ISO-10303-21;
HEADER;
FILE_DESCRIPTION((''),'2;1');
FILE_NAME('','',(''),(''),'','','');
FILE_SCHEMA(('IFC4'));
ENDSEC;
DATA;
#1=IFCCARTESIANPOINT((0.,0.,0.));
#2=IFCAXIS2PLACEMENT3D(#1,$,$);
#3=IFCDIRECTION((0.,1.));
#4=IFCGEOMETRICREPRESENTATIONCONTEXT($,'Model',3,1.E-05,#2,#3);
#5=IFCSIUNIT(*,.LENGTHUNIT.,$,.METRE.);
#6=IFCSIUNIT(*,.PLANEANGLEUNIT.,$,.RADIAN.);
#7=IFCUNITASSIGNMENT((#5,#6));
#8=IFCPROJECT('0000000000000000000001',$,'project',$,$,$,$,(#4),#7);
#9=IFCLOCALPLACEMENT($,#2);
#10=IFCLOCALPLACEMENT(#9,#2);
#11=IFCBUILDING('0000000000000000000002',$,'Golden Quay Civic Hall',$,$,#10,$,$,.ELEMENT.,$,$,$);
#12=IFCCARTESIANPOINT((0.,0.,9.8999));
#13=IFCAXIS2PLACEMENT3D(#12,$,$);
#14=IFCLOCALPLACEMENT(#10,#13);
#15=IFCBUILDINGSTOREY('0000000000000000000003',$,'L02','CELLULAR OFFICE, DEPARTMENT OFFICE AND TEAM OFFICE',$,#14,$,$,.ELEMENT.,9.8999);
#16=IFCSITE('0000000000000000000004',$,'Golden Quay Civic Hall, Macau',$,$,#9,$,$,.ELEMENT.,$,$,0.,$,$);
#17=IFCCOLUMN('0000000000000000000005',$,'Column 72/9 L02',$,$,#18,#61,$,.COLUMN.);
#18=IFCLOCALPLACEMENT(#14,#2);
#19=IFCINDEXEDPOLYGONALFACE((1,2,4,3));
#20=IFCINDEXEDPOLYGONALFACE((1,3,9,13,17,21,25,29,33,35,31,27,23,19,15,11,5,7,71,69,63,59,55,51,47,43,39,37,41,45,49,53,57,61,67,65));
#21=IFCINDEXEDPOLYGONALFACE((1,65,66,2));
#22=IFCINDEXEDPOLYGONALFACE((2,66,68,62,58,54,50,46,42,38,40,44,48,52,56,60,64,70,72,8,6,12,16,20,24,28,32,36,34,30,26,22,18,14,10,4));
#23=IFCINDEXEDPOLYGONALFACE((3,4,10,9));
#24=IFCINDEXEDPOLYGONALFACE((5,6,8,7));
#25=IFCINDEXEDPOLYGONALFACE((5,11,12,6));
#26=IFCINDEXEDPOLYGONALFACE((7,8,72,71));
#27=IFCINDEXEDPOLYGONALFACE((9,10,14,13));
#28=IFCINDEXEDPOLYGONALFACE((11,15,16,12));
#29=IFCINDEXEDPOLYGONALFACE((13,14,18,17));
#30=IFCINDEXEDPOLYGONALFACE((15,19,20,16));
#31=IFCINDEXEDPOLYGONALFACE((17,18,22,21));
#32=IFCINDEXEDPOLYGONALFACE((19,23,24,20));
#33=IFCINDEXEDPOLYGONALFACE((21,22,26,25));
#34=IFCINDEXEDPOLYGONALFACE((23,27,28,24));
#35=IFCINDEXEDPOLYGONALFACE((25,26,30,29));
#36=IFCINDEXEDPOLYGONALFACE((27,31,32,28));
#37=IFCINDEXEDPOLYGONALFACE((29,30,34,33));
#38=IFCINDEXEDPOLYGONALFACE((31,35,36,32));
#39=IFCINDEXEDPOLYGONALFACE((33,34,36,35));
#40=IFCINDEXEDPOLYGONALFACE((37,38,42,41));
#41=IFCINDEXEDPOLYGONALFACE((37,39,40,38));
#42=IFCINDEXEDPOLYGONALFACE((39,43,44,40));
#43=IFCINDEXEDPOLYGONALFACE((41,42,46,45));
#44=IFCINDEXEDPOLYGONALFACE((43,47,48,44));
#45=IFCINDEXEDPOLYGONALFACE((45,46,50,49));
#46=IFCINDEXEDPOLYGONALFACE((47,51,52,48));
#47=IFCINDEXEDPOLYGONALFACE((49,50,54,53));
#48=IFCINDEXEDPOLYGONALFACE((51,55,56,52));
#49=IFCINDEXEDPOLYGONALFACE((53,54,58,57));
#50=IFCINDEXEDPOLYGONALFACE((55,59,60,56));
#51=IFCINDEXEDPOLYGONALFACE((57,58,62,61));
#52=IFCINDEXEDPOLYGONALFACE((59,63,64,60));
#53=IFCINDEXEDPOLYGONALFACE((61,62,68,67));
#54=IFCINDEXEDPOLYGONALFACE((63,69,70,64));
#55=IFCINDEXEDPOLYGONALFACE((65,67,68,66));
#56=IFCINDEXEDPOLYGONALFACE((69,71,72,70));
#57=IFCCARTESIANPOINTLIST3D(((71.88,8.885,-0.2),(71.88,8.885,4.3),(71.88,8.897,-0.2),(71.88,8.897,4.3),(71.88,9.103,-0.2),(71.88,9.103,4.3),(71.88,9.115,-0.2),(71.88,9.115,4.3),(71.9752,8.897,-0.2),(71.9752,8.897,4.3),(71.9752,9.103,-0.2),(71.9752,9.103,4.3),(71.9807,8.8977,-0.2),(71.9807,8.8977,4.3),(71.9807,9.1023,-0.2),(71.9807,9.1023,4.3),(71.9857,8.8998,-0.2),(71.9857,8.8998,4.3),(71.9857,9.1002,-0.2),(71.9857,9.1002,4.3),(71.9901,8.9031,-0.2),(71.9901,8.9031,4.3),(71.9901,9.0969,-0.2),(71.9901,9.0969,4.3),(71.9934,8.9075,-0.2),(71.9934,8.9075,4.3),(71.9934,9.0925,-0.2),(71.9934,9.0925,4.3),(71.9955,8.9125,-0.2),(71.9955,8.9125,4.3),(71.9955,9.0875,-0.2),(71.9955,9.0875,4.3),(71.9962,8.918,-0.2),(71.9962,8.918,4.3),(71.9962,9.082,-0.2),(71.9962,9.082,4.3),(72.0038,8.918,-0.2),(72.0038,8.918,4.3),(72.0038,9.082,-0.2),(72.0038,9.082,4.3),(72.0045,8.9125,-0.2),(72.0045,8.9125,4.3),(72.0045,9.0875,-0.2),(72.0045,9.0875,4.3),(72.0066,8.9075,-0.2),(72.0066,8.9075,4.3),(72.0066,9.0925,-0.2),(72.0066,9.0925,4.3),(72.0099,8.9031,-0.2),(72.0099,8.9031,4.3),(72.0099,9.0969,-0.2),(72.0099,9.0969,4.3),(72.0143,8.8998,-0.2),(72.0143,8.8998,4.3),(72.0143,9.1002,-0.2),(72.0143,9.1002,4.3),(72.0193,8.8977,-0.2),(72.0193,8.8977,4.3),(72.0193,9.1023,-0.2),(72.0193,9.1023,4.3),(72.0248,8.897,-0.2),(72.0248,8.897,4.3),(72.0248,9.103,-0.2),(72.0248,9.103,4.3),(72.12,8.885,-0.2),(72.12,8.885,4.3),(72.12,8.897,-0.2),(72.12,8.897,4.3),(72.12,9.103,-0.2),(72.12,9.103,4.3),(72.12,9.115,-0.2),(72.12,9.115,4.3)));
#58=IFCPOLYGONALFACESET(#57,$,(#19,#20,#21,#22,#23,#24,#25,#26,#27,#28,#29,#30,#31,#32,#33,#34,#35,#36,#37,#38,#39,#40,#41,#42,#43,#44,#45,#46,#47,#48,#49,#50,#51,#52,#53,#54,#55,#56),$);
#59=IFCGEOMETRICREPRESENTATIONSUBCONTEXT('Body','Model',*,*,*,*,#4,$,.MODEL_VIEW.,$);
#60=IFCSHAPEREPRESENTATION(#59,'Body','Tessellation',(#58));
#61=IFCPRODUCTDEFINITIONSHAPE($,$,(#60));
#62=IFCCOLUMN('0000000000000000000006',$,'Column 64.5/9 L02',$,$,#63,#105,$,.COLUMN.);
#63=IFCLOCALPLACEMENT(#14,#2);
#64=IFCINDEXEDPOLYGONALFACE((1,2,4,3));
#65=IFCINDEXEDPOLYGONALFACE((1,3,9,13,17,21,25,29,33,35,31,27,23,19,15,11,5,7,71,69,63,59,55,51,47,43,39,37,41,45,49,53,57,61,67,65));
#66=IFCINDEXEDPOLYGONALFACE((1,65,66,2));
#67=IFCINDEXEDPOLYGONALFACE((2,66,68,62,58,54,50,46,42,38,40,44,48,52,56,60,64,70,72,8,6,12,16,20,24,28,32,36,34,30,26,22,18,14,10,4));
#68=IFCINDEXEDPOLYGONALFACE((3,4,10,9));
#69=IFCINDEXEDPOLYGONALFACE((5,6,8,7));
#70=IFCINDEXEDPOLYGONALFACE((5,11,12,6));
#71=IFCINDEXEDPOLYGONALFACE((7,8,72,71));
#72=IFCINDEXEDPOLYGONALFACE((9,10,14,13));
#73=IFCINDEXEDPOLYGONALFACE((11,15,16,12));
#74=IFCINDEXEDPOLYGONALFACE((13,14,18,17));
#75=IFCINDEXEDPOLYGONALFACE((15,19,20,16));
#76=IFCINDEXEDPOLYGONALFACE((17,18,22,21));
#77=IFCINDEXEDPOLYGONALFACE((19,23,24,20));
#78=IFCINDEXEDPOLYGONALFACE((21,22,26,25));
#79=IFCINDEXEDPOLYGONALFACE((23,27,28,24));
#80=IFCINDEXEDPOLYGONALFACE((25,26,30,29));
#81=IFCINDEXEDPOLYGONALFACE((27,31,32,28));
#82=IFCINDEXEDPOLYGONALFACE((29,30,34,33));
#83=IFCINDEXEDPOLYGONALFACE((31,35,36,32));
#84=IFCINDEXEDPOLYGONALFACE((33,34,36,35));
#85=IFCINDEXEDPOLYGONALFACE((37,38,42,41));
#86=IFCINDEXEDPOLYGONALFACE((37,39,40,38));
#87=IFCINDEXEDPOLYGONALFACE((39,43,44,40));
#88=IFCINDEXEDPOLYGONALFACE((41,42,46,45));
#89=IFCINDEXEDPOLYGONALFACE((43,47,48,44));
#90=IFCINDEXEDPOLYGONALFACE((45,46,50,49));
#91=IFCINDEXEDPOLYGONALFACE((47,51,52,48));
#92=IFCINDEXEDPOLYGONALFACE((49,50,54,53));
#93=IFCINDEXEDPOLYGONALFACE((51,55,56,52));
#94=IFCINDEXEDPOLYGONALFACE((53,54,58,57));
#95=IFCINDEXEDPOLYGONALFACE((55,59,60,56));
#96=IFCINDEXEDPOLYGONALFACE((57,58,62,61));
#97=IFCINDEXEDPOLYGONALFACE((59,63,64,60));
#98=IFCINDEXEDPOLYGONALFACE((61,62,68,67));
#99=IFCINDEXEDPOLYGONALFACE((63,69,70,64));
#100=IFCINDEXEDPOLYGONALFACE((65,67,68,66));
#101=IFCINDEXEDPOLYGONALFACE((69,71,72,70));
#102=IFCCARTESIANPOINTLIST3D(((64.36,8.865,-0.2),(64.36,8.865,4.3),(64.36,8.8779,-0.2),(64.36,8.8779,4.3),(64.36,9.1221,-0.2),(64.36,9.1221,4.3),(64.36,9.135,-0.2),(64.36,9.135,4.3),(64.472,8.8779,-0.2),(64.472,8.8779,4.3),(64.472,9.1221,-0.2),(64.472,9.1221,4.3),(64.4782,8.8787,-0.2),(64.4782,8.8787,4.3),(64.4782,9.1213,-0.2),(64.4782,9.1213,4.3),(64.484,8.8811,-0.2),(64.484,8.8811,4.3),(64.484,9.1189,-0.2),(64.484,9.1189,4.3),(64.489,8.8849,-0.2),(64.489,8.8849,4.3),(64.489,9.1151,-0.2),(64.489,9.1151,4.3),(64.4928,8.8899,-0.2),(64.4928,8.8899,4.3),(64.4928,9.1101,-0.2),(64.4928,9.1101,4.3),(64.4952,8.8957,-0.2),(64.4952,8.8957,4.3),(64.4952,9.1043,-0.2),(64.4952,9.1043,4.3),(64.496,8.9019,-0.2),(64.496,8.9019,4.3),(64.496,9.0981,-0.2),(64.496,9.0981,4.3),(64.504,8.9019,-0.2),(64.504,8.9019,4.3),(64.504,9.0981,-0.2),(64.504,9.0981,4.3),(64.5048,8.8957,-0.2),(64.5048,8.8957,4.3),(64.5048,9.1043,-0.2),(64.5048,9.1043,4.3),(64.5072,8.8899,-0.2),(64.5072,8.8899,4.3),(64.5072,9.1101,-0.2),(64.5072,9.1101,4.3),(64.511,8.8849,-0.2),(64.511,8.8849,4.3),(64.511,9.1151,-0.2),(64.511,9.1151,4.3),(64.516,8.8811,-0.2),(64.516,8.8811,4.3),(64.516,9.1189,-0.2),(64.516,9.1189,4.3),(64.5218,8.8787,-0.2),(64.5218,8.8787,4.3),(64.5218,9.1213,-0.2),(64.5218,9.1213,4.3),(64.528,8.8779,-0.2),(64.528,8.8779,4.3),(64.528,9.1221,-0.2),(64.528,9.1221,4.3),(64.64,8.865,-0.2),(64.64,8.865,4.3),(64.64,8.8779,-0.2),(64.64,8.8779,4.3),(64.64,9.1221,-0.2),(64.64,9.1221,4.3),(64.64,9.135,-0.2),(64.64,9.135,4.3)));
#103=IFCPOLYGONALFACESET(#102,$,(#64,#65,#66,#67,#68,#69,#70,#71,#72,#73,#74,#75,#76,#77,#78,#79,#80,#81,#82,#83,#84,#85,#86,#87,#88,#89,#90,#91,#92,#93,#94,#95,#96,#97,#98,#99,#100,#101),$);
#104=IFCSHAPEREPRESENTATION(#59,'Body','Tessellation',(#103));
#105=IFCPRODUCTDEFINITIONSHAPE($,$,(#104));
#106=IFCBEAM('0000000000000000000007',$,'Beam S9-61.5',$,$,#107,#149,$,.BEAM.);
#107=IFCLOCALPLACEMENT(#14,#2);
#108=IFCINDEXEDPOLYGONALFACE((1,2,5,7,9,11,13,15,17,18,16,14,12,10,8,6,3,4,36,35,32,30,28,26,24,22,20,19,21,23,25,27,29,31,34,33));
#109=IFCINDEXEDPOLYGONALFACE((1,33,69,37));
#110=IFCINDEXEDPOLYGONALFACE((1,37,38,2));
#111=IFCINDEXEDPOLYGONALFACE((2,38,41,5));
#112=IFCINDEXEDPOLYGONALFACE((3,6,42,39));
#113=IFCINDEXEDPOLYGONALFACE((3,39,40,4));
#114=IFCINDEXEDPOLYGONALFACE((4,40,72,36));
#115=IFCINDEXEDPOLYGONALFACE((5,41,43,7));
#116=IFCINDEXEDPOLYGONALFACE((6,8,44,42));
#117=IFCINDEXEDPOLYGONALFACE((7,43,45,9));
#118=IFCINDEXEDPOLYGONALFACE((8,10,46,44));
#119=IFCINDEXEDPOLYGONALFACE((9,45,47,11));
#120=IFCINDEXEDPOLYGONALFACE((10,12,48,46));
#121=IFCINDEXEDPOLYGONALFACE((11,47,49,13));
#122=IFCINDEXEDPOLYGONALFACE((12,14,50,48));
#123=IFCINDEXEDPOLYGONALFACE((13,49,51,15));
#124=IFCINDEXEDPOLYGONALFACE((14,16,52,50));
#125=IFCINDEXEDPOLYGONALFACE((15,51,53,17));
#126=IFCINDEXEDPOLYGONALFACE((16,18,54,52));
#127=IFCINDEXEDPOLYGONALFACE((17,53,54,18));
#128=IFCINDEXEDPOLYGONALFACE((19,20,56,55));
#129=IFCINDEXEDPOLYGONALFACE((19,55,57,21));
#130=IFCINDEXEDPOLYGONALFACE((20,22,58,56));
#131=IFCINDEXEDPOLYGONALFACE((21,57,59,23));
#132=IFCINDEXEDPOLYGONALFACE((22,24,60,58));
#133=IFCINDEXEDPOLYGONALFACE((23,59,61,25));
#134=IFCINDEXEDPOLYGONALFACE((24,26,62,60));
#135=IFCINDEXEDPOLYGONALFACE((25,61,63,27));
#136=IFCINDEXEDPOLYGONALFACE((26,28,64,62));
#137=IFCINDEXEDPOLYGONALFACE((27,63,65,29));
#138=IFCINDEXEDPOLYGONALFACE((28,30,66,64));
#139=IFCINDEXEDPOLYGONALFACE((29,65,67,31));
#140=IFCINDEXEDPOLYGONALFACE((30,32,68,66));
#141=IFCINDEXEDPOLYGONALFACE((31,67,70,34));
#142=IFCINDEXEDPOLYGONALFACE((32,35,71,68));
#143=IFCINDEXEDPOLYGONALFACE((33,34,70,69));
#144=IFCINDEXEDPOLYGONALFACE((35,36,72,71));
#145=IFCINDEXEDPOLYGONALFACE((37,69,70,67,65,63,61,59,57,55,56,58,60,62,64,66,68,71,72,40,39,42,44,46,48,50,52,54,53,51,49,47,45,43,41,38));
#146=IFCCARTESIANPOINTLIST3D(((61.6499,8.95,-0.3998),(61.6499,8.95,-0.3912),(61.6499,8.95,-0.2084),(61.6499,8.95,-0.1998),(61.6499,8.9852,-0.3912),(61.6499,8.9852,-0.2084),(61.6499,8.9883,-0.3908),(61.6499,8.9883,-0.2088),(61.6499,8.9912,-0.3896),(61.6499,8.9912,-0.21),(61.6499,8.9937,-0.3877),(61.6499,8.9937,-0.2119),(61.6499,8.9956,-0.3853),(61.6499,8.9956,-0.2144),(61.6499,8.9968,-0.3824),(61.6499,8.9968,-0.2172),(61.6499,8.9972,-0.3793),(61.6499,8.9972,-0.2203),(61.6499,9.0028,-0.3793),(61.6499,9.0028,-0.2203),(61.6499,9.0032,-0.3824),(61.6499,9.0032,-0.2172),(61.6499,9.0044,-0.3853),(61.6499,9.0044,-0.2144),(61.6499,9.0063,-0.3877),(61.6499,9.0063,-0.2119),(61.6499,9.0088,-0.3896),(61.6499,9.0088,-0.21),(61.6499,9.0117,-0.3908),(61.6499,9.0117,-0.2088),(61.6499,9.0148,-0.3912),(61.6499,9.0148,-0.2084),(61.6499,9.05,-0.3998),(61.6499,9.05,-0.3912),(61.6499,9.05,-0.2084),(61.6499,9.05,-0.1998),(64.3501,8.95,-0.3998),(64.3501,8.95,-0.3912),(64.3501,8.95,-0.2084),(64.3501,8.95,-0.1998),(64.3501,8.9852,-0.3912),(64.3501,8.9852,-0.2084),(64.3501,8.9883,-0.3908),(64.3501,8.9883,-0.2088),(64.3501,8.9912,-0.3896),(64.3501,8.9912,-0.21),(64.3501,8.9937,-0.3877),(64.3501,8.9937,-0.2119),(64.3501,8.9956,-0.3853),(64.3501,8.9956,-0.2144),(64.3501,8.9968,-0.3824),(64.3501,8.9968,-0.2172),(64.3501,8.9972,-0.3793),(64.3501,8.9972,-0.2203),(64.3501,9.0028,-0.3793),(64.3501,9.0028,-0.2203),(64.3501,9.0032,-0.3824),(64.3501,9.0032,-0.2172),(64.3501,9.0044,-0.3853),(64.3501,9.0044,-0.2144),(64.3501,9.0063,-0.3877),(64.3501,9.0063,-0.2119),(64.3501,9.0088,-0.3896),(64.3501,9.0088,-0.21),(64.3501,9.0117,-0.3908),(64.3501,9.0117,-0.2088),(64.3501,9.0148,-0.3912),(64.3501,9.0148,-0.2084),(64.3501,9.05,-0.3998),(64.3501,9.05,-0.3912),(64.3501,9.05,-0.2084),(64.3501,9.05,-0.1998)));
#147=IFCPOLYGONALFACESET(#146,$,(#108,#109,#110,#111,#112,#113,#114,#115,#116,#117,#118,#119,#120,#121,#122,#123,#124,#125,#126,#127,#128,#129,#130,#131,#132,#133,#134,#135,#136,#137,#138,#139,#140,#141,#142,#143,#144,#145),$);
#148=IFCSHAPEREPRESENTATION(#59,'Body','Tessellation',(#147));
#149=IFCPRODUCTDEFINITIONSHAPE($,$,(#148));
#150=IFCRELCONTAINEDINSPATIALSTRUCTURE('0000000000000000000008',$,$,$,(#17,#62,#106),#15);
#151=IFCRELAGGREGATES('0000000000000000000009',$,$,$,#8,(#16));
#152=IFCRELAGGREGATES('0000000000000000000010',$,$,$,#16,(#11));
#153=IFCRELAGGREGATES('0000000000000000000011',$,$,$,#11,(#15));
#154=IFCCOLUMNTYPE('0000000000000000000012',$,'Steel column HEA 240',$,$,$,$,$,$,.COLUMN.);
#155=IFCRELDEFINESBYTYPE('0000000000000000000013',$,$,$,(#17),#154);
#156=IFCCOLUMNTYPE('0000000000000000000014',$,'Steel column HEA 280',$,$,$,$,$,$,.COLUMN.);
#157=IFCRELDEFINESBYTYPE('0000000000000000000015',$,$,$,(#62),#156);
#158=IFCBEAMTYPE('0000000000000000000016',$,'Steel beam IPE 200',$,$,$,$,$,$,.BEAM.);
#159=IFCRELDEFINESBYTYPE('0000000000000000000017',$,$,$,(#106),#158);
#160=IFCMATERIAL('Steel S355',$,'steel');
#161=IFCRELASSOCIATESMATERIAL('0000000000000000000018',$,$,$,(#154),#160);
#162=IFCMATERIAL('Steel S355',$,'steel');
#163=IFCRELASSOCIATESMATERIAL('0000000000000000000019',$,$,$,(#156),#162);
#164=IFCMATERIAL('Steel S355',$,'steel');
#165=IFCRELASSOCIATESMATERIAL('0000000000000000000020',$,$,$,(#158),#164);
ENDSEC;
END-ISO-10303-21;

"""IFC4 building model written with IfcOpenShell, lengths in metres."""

from ifc_helpers import new_model, si_unit, direction, frame, origin, origin_2d, place, context, subcontext, project, spatial, i_section, extrude, material, material_profile, profile_set, type_object, element, save


model = new_model("IFC4")

# Units and contexts
model_context = context("Model", 3, precision=1e-05, world=origin(), true_north=direction((0.0, 1.0)))
body_context = subcontext(model_context, "Body", "Model", "MODEL_VIEW")
ifc_project = project(units=[si_unit("LENGTHUNIT", "METRE"), si_unit("PLANEANGLEUNIT", "RADIAN")], contexts=[model_context])

# Site, building, storey
site_placement = place(None, origin())
site = spatial("IfcSite", under=ifc_project, at=site_placement, Name="Golden Quay Civic Hall, Macau", CompositionType="ELEMENT", RefElevation=0.0)
building_placement = place(site_placement, origin())
building = spatial("IfcBuilding", under=site, at=building_placement, Name="Golden Quay Civic Hall", CompositionType="ELEMENT")
storey_placement = place(building_placement, frame((0.0, 0.0, 9.8999)))
storey = spatial("IfcBuildingStorey", under=building, at=storey_placement, Name="L02", Description="CELLULAR OFFICE, DEPARTMENT OFFICE AND TEAM OFFICE", CompositionType="ELEMENT", Elevation=9.8999)

# Columns
ifc_material_1 = material(Name="Steel S355", Category="steel")
ifc_material_profile_1 = material_profile(ifc_material_1, i_section(OverallWidth=0.24, OverallDepth=0.23, WebThickness=0.0076, FlangeThickness=0.012, FilletRadius=0.021, at=origin_2d()), Name="HEA 240")
ifc_profile_set_1 = profile_set([ifc_material_profile_1], Name="Steel S355")
column_type_1 = type_object("IfcColumnType", Name="Steel column HEA 240", PredefinedType="COLUMN", material=ifc_profile_set_1)
column_1_placement = place(storey_placement, frame((72.0, 9.0, -0.2), z_axis=(0.0, 0.0, 1.0), x_axis=(1.0, 0.0, 0.0)))
element("IfcColumn", 1, at=column_1_placement, inside=storey, type_object=column_type_1, Name="Column 72/9 L02", PredefinedType="COLUMN", context=body_context, shape_type="SweptSolid", body=[
    extrude(i_section(OverallWidth=0.24, OverallDepth=0.23, WebThickness=0.0076, FlangeThickness=0.012, FilletRadius=0.021, at=origin_2d()), origin(), (0.0, 0.0, 1.0), 4.5),
])
ifc_material_2 = material(Name="Steel S355", Category="steel")
ifc_material_profile_2 = material_profile(ifc_material_2, i_section(OverallWidth=0.28, OverallDepth=0.27, WebThickness=0.0081, FlangeThickness=0.0129, FilletRadius=0.0239, at=origin_2d()), Name="HEA 280")
ifc_profile_set_2 = profile_set([ifc_material_profile_2], Name="Steel S355")
column_type_2 = type_object("IfcColumnType", Name="Steel column HEA 280", PredefinedType="COLUMN", material=ifc_profile_set_2)
column_2_placement = place(storey_placement, frame((64.5, 9.0, -0.2), z_axis=(0.0, 0.0, 1.0), x_axis=(1.0, 0.0, 0.0)))
element("IfcColumn", 2, at=column_2_placement, inside=storey, type_object=column_type_2, Name="Column 64.5/9 L02", PredefinedType="COLUMN", context=body_context, shape_type="SweptSolid", body=[
    extrude(i_section(OverallWidth=0.28, OverallDepth=0.27, WebThickness=0.0081, FlangeThickness=0.0129, FilletRadius=0.0239, at=origin_2d()), origin(), (0.0, 0.0, 1.0), 4.5),
])

# Beam
ifc_material_3 = material(Name="Steel S355", Category="steel")
ifc_material_profile_3 = material_profile(ifc_material_3, i_section(OverallWidth=0.1001, OverallDepth=0.2, WebThickness=0.0056, FlangeThickness=0.0085, FilletRadius=0.012, at=origin_2d()), Name="IPE 200")
ifc_profile_set_3 = profile_set([ifc_material_profile_3], Name="Steel S355")
beam_type_1 = type_object("IfcBeamType", Name="Steel beam IPE 200", PredefinedType="BEAM", material=ifc_profile_set_3)
beam_1_placement = place(storey_placement, frame((61.6499, 9.0, -0.2998), z_axis=(1.0, 0.0, 0.0), x_axis=(0.0, 1.0, 0.0)))
element("IfcBeam", 3, at=beam_1_placement, inside=storey, type_object=beam_type_1, Name="Beam S9-61.5", PredefinedType="BEAM", context=body_context, shape_type="SweptSolid", body=[
    extrude(i_section(OverallWidth=0.1001, OverallDepth=0.2, WebThickness=0.0056, FlangeThickness=0.0085, FilletRadius=0.012, at=origin_2d()), origin(), (0.0, 0.0, 1.0), 2.7002),
])

save(model, "model.ifc")
